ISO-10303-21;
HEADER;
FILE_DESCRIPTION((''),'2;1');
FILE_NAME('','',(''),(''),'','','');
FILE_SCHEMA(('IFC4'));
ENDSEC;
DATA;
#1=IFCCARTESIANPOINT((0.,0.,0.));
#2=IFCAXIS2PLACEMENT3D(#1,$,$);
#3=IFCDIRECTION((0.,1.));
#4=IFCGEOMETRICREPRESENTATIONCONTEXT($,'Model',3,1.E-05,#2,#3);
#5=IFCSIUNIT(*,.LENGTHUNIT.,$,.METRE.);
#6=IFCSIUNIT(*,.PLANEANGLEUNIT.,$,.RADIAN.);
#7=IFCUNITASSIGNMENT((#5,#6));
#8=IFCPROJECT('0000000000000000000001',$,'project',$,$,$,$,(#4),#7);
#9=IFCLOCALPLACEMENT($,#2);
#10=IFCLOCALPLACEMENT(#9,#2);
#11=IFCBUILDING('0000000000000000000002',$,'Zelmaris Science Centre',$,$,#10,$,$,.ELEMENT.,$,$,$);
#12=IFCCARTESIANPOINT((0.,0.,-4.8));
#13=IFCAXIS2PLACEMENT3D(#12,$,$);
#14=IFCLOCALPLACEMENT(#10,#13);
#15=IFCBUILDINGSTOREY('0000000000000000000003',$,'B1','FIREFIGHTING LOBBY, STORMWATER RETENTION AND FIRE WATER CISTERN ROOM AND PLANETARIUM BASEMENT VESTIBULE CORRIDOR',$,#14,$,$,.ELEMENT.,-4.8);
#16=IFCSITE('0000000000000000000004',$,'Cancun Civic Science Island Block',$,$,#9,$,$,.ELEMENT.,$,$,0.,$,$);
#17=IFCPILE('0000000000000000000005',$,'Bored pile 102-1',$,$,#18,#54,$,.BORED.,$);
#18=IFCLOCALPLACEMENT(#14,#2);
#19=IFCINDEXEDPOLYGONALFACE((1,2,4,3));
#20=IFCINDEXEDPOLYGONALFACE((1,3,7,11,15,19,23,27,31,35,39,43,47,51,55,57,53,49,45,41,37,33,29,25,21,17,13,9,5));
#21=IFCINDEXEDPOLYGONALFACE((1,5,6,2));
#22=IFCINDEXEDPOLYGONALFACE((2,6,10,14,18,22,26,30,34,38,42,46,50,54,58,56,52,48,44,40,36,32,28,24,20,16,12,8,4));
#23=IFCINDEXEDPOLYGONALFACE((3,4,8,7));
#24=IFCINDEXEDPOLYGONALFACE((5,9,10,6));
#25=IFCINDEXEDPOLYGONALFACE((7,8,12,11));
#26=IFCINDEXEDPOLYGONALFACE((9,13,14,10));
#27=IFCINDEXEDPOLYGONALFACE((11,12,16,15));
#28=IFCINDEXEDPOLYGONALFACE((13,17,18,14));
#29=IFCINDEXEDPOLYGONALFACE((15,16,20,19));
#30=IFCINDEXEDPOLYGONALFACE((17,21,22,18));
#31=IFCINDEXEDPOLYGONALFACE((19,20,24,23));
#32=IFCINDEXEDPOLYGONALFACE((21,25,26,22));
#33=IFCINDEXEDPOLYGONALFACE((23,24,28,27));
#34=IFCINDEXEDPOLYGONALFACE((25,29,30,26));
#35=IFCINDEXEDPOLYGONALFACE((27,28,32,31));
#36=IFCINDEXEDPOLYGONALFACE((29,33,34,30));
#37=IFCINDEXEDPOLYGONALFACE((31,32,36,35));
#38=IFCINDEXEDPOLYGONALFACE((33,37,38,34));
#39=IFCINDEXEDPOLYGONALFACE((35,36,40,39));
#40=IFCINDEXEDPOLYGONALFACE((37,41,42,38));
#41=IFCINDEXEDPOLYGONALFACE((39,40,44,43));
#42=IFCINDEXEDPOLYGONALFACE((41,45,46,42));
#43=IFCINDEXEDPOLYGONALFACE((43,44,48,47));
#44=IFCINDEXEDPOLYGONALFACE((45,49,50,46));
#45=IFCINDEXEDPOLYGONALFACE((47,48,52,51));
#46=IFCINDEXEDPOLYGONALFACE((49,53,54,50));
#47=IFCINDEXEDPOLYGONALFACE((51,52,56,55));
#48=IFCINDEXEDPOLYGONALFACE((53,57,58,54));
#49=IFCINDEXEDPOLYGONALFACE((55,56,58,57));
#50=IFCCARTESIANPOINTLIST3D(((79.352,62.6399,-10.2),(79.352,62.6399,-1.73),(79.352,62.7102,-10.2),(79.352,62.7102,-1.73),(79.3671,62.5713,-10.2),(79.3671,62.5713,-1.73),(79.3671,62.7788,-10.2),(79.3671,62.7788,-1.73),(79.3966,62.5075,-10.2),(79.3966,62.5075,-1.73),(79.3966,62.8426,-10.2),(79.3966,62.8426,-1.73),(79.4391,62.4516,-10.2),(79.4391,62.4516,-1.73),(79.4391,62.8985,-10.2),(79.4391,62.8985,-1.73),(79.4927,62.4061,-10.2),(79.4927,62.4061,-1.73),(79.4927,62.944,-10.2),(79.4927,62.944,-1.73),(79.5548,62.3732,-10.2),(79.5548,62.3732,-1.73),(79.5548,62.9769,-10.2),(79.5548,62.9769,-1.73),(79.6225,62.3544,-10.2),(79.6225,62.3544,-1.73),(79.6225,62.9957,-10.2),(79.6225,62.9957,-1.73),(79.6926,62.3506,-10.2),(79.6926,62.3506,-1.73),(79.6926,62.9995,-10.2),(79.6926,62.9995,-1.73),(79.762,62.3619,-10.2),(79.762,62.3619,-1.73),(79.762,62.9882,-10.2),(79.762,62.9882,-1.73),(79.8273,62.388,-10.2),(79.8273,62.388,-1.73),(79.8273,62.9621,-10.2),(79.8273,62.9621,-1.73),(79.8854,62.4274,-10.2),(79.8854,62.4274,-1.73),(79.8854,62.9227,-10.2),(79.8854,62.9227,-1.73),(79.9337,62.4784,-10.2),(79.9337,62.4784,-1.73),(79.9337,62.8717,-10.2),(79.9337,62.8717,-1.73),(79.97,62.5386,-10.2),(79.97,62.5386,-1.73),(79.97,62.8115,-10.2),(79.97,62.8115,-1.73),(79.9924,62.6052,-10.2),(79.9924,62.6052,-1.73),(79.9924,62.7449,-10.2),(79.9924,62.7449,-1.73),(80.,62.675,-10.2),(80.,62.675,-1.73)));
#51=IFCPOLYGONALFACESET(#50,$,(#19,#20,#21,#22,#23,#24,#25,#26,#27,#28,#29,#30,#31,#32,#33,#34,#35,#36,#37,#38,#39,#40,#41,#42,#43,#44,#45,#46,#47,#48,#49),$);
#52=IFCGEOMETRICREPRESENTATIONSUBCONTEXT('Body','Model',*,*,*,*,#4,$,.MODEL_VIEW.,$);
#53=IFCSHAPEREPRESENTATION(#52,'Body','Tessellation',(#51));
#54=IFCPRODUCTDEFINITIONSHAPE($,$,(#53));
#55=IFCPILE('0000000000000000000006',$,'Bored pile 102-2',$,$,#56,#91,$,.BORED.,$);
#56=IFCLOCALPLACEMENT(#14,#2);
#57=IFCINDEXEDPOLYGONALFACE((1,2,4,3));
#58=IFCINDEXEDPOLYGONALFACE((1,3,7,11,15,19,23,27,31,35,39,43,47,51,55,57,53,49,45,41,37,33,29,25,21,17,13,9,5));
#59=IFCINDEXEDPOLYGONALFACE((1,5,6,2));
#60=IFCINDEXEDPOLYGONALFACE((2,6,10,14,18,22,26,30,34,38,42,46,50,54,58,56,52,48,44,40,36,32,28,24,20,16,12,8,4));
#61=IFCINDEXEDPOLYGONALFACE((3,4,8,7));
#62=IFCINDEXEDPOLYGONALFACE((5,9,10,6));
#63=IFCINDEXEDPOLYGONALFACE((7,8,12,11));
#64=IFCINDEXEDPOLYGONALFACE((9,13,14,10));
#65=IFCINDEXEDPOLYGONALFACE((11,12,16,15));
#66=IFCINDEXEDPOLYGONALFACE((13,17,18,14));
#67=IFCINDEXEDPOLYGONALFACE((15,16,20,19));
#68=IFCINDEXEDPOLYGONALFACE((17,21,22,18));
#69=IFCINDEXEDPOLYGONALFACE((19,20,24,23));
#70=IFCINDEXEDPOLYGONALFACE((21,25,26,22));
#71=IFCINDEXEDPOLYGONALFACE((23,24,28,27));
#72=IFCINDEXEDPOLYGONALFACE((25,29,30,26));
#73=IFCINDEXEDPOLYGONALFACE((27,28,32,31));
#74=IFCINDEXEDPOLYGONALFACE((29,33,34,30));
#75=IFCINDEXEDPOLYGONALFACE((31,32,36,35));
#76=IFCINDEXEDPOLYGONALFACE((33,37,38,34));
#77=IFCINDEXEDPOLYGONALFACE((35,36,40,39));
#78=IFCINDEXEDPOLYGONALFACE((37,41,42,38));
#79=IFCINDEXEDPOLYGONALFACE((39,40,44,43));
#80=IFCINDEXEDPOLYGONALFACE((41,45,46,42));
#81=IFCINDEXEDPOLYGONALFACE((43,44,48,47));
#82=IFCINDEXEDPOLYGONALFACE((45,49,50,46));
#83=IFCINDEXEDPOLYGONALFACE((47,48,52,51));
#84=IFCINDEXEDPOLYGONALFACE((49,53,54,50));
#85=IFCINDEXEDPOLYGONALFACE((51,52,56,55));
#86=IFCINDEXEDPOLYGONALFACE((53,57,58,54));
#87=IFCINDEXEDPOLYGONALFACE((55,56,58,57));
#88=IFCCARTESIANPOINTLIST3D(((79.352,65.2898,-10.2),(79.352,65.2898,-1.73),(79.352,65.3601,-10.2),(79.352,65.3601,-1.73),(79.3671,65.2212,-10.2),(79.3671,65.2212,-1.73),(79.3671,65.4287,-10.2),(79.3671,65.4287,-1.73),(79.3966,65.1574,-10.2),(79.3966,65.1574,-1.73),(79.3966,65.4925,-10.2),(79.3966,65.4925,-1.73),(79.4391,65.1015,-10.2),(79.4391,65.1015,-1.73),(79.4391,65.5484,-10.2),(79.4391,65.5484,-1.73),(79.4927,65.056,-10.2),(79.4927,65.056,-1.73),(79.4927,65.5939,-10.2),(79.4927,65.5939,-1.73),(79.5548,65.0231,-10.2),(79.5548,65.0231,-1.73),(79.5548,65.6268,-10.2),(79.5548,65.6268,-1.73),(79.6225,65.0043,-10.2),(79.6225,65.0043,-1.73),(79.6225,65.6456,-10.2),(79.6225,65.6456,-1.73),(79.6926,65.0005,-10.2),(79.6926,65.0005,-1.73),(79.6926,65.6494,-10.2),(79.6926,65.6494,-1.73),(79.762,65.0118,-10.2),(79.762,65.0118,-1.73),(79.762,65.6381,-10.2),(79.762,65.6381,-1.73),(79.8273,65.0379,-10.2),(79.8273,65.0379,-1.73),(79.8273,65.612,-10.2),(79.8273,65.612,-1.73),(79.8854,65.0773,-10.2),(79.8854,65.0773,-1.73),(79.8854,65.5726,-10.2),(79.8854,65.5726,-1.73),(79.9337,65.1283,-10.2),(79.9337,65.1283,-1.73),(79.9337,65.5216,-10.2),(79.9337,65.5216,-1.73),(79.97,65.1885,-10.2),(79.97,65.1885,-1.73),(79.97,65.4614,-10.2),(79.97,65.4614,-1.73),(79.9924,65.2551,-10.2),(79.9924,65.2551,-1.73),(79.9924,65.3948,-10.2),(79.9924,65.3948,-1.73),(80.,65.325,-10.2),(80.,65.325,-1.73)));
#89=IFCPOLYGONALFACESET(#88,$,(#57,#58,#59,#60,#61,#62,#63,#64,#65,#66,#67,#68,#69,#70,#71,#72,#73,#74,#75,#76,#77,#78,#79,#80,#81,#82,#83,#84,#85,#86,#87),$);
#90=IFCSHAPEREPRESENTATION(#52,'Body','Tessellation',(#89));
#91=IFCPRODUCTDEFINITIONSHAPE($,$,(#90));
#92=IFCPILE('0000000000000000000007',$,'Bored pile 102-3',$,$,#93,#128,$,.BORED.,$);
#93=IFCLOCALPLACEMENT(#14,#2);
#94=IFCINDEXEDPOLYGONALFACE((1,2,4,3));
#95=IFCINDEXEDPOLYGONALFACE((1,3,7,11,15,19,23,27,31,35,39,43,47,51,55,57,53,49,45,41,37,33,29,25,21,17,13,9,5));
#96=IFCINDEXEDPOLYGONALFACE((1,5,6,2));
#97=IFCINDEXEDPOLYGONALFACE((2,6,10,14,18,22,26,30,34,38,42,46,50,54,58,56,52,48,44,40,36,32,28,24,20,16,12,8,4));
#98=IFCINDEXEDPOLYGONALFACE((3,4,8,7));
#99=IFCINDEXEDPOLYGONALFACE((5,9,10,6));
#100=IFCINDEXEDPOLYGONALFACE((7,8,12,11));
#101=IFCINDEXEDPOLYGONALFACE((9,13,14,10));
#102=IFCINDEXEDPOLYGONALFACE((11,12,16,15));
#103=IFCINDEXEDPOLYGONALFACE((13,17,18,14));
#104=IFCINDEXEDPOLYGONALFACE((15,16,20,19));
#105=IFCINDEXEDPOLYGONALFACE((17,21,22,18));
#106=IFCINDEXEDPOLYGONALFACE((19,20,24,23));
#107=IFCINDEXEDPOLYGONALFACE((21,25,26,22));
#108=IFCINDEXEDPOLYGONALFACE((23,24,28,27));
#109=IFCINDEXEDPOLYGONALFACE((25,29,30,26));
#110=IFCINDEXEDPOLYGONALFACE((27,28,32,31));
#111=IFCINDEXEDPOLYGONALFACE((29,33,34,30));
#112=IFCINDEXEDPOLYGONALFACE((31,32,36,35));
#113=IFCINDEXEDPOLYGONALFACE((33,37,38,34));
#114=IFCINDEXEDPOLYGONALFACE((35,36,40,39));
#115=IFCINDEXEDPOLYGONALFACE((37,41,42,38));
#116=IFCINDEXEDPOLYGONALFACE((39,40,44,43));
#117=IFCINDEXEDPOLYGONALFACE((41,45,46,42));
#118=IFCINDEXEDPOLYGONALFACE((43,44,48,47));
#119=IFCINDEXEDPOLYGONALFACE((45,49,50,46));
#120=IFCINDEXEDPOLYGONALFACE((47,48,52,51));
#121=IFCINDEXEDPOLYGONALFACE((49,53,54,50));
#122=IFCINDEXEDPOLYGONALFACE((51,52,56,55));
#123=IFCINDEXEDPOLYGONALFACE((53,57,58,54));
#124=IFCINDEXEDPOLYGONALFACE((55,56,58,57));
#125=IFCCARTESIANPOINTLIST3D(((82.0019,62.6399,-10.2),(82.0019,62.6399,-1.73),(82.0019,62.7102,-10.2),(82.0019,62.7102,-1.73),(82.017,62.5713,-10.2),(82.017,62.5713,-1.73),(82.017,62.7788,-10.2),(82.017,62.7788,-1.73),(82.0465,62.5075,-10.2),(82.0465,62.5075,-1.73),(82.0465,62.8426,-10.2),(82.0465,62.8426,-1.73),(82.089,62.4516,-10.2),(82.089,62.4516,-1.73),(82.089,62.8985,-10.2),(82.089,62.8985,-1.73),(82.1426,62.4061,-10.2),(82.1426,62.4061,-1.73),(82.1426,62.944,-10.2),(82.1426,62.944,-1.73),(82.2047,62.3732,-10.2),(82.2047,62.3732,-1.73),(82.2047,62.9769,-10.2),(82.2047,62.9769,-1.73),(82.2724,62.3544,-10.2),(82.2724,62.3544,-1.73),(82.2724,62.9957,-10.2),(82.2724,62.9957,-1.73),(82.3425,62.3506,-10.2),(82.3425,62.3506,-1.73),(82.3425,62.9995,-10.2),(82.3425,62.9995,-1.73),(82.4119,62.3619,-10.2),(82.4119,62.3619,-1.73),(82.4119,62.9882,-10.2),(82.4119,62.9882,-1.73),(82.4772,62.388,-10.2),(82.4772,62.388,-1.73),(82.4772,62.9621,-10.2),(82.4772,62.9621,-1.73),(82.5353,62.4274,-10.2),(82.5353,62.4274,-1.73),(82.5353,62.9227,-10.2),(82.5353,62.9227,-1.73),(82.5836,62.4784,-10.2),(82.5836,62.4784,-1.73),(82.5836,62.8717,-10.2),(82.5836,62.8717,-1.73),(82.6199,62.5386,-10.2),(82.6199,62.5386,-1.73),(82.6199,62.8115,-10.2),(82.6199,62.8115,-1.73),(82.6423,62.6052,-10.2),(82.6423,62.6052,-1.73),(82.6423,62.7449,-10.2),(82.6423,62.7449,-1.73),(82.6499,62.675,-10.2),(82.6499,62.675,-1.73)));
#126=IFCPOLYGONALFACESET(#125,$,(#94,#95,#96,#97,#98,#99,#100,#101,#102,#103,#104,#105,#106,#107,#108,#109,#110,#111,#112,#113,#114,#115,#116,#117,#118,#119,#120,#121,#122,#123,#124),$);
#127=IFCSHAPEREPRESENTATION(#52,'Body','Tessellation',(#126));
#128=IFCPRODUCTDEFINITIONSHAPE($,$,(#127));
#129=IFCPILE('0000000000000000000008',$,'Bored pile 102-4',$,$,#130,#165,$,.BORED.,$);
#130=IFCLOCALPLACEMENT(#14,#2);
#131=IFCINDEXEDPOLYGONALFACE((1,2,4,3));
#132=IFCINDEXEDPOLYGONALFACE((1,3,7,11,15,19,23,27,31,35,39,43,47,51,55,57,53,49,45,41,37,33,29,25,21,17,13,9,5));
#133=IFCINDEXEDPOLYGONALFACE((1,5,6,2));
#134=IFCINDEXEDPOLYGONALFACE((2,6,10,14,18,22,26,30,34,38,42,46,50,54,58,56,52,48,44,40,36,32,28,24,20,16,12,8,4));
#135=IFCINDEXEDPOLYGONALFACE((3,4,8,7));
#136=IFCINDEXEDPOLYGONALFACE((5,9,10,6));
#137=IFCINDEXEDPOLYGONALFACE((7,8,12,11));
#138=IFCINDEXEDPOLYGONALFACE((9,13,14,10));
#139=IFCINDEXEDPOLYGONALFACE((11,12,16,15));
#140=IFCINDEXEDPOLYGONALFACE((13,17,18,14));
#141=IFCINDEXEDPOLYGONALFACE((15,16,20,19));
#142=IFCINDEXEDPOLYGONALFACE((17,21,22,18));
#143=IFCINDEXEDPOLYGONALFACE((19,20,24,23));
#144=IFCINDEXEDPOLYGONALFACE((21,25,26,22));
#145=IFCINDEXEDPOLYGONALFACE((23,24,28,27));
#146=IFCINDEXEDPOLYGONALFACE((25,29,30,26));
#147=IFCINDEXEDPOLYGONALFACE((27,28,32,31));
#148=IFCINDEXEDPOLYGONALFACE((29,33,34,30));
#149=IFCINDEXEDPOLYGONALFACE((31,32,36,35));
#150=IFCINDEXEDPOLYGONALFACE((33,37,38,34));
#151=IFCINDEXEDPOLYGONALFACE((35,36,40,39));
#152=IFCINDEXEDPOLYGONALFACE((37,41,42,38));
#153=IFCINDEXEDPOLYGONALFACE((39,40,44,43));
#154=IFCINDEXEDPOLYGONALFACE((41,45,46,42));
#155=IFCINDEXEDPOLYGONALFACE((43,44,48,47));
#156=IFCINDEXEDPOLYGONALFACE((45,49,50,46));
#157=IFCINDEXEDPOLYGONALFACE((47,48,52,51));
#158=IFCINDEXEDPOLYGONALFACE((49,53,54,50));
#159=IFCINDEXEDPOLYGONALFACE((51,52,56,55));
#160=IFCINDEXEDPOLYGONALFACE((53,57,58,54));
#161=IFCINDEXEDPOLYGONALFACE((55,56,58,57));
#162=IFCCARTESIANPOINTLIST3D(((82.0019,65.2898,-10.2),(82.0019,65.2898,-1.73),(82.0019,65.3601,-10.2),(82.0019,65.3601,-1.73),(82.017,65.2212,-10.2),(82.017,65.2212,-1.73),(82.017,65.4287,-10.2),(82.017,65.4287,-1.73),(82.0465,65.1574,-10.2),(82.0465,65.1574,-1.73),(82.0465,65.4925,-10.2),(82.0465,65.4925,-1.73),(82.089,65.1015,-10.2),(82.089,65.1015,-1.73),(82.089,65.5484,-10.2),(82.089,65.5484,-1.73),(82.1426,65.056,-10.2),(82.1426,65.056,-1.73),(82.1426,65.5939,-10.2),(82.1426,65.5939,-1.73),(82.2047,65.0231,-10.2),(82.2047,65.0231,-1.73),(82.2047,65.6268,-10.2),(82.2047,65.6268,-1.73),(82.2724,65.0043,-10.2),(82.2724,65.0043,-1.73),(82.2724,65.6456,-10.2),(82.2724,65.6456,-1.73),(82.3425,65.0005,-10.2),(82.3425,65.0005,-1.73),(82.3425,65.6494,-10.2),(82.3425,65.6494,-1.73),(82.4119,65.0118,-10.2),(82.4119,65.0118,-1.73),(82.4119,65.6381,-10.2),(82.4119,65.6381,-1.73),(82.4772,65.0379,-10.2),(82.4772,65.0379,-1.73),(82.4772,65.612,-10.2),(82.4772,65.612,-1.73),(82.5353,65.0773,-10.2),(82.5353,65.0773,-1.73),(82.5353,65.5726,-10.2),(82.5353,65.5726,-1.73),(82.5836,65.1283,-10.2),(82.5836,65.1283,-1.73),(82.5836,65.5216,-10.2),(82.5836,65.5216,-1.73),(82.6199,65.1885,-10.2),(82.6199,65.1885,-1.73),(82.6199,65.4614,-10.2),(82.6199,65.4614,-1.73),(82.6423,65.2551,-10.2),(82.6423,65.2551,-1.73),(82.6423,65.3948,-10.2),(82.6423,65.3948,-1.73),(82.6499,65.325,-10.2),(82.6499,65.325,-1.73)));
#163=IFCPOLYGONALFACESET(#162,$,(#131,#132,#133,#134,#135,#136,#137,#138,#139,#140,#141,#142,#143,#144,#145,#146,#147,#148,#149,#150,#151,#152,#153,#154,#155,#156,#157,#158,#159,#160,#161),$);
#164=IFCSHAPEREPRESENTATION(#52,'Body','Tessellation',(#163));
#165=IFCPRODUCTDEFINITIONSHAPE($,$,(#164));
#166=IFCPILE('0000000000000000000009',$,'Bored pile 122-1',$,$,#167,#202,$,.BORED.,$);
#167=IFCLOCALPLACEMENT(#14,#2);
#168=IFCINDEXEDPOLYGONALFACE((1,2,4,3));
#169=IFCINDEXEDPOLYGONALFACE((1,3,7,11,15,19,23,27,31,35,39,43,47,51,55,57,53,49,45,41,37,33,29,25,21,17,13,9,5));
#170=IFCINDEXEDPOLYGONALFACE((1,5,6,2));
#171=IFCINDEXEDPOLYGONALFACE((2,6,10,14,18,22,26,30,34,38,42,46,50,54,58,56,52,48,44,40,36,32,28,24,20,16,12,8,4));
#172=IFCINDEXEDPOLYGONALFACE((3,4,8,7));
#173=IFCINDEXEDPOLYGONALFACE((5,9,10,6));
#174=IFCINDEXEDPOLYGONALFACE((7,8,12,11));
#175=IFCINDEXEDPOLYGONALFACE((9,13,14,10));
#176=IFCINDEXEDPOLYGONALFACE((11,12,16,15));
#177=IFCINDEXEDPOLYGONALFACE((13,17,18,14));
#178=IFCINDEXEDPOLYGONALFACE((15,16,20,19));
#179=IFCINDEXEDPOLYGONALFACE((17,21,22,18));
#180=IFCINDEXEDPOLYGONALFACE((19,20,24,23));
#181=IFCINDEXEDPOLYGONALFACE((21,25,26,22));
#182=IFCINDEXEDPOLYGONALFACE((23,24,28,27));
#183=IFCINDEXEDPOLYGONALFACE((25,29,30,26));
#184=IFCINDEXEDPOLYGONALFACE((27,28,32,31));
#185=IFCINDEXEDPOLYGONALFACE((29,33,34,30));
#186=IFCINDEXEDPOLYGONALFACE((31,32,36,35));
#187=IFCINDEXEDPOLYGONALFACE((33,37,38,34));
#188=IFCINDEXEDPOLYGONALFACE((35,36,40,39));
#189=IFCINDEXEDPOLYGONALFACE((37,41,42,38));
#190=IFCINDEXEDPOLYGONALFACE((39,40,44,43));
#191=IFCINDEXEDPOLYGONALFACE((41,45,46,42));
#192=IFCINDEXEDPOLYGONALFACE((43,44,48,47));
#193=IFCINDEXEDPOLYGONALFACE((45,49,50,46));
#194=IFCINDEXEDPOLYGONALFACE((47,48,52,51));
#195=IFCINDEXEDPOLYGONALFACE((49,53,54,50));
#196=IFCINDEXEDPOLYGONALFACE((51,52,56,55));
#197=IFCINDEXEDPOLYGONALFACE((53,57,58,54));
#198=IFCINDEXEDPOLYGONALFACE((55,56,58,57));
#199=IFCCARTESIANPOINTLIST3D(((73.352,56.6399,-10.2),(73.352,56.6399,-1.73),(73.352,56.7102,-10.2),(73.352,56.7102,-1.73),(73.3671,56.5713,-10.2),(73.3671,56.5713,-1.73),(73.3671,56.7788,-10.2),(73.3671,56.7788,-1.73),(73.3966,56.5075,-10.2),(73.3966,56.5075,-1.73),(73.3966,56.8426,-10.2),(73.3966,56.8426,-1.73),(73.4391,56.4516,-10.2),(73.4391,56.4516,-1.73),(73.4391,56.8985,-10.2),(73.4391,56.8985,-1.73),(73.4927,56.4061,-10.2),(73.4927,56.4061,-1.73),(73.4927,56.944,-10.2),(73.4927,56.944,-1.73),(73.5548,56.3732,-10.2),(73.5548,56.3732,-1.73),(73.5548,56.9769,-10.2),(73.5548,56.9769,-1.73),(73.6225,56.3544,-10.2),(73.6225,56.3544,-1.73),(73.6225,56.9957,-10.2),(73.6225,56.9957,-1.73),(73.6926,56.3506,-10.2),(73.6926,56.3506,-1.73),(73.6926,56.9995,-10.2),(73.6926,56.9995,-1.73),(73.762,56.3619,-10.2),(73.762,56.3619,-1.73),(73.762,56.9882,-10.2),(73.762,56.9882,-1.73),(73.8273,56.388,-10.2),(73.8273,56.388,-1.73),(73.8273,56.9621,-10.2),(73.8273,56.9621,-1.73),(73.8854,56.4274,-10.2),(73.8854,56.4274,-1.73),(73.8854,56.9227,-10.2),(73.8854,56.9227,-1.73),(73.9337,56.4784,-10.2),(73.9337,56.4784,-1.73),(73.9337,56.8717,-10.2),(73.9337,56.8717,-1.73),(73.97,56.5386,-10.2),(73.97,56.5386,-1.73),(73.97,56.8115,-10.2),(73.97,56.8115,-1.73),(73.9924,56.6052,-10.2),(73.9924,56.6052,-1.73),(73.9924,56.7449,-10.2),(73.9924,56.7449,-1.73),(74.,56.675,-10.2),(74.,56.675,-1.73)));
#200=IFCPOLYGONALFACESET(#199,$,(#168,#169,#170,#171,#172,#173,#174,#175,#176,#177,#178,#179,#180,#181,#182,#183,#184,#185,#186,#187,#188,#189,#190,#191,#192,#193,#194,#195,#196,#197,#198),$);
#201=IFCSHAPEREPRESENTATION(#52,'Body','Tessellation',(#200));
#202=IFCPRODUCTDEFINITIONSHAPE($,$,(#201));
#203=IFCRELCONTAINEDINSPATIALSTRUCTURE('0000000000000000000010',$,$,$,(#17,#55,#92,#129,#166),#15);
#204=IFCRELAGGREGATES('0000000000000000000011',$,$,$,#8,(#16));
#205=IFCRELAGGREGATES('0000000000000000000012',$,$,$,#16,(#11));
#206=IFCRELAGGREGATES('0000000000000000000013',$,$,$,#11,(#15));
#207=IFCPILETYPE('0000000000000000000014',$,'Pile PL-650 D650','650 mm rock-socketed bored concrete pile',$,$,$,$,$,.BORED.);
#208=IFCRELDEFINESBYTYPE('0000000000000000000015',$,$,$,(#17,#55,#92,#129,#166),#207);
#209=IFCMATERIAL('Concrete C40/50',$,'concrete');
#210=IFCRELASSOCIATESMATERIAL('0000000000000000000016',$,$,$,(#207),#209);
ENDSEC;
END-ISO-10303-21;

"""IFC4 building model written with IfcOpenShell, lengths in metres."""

from ifc_helpers import new_model, si_unit, direction, frame, origin, origin_2d, place, context, subcontext, project, spatial, circle, extrude, material, material_profile, profile_set, type_object, element, save


model = new_model("IFC4")

# Units and contexts
model_context = context("Model", 3, precision=1e-05, world=origin(), true_north=direction((0.0, 1.0)))
body_context = subcontext(model_context, "Body", "Model", "MODEL_VIEW")
ifc_project = project(units=[si_unit("LENGTHUNIT", "METRE"), si_unit("PLANEANGLEUNIT", "RADIAN")], contexts=[model_context])

# Site, building, storey
site_placement = place(None, origin())
site = spatial("IfcSite", under=ifc_project, at=site_placement, Name="Cancun Civic Science Island Block", CompositionType="ELEMENT", RefElevation=0.0)
building_placement = place(site_placement, origin())
building = spatial("IfcBuilding", under=site, at=building_placement, Name="Zelmaris Science Centre", CompositionType="ELEMENT")
storey_placement = place(building_placement, frame((0.0, 0.0, -4.8)))
storey = spatial("IfcBuildingStorey", under=building, at=storey_placement, Name="B1", Description="FIREFIGHTING LOBBY, STORMWATER RETENTION AND FIRE WATER CISTERN ROOM AND PLANETARIUM BASEMENT VESTIBULE CORRIDOR", CompositionType="ELEMENT", Elevation=-4.8)

# Shared definitions
ifc_material_1 = material(Name="Concrete C40/50", Category="concrete")

# Piles
ifc_material_profile_1 = material_profile(ifc_material_1, circle(Radius=0.325, at=origin_2d()), Name="PILE-650")
ifc_profile_set_1 = profile_set([ifc_material_profile_1], Name="Concrete C40/50")
pile_type_1 = type_object("IfcPileType", Name="Pile PL-650 D650", Description="650 mm rock-socketed bored concrete pile", PredefinedType="BORED", material=ifc_profile_set_1)
for number, where, z_axis, x_axis, name in (
    (1, (79.675, 62.675, -1.73), (0.0, 0.0, -1.0), (1.0, 0.0, 0.0), "Bored pile 102-1"),
    (2, (79.675, 65.325, -1.73), (0.0, 0.0, -1.0), (1.0, 0.0, 0.0), "Bored pile 102-2"),
    (3, (82.325, 62.675, -1.73), (0.0, 0.0, -1.0), (1.0, 0.0, 0.0), "Bored pile 102-3"),
    (4, (82.325, 65.325, -1.73), (0.0, 0.0, -1.0), (1.0, 0.0, 0.0), "Bored pile 102-4"),
    (5, (73.675, 56.675, -1.73), (0.0, 0.0, -1.0), (1.0, 0.0, 0.0), "Bored pile 122-1"),
):
    element("IfcPile", number, at=place(storey_placement, frame(where, z_axis=z_axis, x_axis=x_axis)), inside=storey, type_object=pile_type_1, Name=name, PredefinedType="BORED", context=body_context, shape_type="SweptSolid", body=[
        extrude(circle(Radius=0.325, at=origin_2d()), origin(), (0.0, 0.0, 1.0), 8.47),
    ])

save(model, "model.ifc")
